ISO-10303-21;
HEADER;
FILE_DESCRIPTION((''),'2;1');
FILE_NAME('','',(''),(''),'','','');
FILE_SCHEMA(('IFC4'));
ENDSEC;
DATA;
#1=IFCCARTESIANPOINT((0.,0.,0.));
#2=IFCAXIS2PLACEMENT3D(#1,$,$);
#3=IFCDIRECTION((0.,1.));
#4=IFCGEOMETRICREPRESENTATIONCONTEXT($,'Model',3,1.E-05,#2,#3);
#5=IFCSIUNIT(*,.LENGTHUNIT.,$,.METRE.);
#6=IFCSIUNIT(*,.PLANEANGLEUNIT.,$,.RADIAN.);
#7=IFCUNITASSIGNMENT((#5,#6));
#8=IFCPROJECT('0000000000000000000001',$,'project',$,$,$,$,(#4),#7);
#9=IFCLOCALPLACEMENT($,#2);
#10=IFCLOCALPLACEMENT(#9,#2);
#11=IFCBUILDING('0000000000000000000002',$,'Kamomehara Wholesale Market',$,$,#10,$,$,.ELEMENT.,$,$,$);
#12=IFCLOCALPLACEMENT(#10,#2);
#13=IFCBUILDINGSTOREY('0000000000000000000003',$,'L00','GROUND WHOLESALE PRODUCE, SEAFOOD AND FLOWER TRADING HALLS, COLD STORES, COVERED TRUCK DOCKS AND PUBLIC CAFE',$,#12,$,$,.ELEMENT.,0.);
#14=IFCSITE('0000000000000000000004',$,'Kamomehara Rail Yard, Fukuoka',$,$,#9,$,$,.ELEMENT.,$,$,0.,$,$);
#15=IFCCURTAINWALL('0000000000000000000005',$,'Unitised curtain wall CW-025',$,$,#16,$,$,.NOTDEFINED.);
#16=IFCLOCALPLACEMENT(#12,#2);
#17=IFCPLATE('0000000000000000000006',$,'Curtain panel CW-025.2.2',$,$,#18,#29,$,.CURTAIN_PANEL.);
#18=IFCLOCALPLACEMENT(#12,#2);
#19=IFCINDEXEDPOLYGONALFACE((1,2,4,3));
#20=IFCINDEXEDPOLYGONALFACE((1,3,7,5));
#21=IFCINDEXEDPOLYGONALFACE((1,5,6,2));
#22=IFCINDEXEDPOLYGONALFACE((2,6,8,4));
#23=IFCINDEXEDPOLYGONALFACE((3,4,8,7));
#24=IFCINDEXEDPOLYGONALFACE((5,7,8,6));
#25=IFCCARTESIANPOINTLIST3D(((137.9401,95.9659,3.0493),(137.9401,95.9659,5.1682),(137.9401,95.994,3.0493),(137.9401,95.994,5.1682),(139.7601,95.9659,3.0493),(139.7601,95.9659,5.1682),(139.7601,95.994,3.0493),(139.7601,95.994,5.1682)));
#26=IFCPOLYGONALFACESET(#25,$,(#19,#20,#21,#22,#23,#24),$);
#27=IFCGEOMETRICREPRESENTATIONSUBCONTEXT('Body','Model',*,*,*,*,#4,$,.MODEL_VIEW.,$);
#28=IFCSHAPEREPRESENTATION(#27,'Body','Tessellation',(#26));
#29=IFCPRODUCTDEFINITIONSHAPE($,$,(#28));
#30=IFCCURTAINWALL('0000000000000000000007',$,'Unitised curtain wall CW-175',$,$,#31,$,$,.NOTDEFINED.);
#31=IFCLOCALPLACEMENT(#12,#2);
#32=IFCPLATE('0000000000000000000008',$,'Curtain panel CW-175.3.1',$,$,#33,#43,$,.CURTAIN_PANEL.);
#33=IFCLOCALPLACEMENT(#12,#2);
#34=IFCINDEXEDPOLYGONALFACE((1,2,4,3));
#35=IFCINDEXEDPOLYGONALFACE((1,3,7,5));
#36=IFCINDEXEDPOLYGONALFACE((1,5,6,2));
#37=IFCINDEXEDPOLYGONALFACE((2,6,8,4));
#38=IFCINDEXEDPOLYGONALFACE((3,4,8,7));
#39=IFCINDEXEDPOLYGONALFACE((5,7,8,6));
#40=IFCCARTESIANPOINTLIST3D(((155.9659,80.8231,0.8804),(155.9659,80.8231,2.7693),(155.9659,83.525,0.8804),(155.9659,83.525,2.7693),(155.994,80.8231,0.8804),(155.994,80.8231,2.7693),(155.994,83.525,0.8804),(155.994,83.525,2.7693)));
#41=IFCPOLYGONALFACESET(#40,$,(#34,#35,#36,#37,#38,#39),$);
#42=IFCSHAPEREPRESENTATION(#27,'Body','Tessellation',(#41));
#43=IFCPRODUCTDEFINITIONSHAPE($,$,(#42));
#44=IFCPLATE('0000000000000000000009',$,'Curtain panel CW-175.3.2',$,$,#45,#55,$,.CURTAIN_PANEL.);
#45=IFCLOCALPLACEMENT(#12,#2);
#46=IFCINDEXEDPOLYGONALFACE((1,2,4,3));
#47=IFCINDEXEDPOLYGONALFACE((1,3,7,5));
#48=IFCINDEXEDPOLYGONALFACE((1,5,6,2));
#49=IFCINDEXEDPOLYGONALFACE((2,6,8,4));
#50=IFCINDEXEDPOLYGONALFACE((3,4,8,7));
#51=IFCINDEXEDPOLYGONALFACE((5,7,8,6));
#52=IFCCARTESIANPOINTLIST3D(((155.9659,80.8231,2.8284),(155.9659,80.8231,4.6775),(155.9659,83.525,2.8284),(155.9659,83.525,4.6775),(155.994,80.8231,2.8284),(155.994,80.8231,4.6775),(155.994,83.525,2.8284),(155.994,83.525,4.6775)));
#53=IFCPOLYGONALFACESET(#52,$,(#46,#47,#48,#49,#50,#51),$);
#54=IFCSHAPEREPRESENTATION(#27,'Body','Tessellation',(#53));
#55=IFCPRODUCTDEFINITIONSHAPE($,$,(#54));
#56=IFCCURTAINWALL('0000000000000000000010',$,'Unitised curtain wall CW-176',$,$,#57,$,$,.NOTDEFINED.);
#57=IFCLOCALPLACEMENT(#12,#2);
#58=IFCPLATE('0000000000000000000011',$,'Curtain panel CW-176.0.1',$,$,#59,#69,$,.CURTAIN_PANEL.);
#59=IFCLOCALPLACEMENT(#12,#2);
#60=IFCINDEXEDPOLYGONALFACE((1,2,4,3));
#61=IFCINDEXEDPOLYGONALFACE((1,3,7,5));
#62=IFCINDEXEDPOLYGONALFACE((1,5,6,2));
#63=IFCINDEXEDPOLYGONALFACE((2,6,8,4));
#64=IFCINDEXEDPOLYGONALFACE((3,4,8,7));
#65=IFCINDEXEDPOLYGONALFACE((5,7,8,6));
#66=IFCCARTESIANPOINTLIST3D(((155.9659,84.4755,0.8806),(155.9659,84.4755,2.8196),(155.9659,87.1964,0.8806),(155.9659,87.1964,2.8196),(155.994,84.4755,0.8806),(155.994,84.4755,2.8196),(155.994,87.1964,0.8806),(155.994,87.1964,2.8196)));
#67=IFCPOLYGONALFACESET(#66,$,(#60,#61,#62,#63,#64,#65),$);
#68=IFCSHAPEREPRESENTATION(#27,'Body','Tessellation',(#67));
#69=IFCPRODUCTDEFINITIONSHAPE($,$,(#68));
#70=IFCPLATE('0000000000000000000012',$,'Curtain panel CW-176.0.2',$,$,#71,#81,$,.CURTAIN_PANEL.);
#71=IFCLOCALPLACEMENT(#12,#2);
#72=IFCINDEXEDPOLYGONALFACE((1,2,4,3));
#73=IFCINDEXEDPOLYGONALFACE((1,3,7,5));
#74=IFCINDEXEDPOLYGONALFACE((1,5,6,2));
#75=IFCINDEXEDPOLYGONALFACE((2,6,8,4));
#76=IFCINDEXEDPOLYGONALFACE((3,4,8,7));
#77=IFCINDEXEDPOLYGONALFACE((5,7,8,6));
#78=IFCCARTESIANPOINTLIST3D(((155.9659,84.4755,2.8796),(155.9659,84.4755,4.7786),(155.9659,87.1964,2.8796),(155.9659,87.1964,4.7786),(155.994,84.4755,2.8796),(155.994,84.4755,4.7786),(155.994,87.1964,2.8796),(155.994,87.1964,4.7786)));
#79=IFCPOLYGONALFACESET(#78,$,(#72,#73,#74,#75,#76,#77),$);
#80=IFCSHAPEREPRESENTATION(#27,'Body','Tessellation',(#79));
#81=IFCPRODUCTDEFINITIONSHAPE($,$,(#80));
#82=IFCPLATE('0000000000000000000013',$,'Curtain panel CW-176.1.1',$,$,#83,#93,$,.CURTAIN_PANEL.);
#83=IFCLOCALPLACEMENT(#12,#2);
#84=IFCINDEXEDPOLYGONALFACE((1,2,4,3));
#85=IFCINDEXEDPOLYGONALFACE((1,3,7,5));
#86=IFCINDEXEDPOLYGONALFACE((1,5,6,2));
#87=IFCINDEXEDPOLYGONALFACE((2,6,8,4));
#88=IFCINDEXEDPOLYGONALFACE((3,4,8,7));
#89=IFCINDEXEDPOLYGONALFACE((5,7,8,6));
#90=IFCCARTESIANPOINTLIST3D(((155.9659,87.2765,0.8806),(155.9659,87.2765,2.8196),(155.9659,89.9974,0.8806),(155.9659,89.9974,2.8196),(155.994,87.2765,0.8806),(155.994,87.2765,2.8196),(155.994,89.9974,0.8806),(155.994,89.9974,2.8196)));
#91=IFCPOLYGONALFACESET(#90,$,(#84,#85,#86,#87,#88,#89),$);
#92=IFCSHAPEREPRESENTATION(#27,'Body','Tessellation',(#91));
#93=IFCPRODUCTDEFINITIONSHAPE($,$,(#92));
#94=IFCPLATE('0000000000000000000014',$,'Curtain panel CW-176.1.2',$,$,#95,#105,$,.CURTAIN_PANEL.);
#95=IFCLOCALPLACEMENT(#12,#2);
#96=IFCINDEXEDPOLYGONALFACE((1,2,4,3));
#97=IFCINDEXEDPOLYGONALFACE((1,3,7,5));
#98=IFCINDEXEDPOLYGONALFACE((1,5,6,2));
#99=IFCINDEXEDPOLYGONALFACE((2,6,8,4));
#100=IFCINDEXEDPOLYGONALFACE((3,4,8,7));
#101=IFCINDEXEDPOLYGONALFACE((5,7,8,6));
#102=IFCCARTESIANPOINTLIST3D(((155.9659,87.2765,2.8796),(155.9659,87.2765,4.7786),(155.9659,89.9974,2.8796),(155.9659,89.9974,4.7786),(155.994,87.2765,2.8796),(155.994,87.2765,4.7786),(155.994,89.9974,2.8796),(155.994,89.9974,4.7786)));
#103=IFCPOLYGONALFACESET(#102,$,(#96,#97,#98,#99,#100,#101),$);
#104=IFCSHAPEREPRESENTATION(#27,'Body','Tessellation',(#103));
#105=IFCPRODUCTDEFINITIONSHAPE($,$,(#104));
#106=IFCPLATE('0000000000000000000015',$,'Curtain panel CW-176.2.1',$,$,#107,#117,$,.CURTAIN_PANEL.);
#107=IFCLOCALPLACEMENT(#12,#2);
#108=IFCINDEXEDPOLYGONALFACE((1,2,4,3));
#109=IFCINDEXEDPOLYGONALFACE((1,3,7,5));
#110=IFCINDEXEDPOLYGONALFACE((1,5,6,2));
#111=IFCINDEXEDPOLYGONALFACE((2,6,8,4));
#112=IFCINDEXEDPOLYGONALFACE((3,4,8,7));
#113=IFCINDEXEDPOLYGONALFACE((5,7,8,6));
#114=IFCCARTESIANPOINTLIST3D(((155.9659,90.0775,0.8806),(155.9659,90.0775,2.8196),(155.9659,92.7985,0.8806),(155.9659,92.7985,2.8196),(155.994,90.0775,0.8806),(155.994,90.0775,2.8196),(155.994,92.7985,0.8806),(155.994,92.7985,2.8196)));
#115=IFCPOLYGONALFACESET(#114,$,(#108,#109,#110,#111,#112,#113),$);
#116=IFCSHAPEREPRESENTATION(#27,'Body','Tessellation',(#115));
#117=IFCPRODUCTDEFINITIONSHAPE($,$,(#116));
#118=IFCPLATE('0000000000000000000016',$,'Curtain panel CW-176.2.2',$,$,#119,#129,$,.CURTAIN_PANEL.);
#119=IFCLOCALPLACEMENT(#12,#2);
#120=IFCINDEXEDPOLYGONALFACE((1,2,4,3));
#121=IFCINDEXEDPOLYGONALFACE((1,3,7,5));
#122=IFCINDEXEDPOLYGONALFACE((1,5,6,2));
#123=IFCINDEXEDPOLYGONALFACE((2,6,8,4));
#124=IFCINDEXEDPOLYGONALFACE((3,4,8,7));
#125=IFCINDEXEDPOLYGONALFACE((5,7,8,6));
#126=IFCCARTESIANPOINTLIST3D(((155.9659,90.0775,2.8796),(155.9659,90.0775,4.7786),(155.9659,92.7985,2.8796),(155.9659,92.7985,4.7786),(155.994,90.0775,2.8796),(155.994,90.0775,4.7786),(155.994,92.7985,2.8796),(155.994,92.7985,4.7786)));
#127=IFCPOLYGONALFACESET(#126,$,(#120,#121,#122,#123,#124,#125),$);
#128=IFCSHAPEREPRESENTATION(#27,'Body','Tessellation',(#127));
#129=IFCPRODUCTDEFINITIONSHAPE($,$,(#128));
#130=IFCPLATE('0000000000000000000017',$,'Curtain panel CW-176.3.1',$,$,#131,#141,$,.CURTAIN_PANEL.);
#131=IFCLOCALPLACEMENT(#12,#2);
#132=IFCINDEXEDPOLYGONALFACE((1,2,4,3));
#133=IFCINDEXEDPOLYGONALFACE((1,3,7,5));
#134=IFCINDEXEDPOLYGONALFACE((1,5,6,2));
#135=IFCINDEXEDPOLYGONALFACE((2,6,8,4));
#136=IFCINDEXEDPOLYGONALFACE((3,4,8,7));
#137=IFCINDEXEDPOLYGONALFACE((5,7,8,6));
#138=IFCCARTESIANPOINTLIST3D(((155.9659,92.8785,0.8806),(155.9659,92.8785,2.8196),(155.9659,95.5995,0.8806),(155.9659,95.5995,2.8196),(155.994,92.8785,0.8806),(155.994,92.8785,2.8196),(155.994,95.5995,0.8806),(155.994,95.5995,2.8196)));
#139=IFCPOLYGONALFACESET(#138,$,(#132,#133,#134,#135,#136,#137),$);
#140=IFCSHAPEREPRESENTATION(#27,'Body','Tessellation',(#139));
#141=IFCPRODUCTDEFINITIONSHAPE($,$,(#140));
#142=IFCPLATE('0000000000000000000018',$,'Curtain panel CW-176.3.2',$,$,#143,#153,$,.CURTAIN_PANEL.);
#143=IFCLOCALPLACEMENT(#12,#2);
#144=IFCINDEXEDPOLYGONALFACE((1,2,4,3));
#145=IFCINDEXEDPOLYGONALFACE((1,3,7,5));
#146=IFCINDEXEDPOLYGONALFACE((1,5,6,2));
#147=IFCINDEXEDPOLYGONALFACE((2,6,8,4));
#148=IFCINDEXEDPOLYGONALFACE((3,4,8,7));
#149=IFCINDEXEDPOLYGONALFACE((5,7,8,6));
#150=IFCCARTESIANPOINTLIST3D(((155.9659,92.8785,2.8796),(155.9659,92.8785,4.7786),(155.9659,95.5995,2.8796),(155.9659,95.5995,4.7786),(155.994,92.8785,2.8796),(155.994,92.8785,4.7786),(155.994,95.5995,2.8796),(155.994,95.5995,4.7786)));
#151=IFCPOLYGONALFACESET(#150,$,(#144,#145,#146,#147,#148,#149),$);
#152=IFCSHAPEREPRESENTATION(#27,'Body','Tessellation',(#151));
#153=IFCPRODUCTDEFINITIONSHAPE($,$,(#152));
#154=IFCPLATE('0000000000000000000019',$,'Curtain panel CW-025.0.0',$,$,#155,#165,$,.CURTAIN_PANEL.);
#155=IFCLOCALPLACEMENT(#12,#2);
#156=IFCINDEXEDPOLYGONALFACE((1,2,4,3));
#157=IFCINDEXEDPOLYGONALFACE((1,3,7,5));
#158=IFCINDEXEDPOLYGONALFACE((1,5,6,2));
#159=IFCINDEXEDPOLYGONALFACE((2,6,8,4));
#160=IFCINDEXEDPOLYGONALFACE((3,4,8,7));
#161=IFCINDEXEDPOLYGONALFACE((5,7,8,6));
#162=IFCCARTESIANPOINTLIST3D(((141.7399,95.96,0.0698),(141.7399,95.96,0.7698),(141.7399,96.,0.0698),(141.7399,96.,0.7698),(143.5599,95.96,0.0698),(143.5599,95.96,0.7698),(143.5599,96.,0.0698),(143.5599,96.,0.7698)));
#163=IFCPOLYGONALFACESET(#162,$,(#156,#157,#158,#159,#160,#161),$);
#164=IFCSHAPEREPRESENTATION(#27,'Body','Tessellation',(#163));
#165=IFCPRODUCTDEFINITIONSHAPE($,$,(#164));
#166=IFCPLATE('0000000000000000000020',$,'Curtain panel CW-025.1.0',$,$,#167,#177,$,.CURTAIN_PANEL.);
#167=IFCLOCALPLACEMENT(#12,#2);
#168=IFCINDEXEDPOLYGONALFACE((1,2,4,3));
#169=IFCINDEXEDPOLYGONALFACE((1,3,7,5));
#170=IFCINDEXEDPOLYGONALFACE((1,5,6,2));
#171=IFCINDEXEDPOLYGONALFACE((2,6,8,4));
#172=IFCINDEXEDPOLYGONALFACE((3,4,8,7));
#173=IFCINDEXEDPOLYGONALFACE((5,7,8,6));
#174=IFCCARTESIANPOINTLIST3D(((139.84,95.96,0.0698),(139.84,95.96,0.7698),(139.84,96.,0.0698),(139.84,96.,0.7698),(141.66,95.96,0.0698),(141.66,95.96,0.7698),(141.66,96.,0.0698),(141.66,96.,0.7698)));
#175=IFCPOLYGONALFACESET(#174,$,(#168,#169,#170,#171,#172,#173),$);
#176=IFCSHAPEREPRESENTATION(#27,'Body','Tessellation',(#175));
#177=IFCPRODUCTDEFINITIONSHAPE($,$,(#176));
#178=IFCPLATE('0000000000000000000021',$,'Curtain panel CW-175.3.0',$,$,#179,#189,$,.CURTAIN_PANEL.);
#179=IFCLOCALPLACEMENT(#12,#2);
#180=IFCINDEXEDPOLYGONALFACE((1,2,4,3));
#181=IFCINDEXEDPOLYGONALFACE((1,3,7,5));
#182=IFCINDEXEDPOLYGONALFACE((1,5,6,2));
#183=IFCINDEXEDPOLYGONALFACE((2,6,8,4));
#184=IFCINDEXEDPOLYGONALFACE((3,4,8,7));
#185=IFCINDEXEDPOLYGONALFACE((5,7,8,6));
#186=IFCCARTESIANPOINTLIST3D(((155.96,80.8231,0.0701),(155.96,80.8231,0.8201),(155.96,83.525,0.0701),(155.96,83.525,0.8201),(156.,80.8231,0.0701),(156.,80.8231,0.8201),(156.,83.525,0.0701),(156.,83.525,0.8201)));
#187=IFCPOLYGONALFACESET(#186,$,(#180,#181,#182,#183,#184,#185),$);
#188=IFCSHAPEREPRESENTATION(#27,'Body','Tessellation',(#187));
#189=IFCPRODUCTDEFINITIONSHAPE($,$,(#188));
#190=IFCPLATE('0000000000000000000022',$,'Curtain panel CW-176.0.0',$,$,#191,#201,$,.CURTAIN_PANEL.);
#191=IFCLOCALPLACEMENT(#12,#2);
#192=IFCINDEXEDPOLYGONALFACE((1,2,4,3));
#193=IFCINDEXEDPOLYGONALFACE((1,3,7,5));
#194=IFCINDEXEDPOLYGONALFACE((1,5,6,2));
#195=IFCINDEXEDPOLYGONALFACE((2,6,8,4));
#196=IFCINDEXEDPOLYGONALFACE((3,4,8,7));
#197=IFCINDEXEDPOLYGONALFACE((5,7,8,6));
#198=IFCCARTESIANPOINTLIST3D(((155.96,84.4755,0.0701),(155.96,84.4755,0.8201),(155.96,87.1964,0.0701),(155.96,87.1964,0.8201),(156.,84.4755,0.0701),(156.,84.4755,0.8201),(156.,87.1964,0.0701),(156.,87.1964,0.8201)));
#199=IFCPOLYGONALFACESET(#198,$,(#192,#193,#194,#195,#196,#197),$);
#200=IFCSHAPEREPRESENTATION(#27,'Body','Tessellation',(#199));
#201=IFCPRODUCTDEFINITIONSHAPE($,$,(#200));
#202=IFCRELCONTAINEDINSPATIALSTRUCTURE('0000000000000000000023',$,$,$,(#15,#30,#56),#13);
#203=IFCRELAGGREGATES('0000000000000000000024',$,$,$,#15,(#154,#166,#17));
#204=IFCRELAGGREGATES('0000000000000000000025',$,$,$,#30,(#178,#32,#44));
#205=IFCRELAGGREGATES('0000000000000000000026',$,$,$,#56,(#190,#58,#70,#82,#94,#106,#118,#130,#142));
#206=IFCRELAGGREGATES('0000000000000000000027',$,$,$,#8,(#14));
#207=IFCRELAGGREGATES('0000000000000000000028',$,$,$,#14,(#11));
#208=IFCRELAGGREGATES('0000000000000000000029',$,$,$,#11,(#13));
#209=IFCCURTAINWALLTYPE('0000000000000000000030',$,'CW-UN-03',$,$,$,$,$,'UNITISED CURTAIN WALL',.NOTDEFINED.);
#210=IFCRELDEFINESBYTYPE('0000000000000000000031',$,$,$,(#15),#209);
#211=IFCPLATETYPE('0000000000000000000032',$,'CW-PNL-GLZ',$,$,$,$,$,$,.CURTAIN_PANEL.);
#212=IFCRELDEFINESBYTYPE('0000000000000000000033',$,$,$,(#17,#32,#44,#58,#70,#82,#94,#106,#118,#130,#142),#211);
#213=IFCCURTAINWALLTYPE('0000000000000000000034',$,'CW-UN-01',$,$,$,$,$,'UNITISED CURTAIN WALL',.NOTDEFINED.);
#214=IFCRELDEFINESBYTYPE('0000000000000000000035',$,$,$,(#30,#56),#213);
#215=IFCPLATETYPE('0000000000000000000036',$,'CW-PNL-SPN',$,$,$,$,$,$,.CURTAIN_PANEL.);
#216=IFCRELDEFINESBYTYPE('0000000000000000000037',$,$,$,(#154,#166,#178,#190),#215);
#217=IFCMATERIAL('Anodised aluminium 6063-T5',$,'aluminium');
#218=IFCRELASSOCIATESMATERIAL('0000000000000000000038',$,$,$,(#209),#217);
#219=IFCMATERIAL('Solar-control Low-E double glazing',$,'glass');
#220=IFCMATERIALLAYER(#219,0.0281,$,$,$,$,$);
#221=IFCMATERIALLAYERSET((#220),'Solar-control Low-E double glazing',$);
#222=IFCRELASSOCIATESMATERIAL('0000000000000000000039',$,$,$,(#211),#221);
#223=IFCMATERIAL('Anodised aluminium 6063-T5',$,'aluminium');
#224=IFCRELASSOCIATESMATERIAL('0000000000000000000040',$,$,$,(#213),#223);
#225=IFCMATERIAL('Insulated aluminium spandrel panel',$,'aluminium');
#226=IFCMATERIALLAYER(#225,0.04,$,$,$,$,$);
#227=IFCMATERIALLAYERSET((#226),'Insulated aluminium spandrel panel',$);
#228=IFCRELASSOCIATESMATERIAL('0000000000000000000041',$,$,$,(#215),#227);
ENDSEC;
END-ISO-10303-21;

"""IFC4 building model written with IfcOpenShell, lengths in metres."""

from ifc_helpers import new_model, si_unit, direction, frame, origin, origin_2d, place, context, subcontext, project, spatial, rectangle, extrude, material, layer, layer_set, type_object, element, aggregate, save


model = new_model("IFC4")

# Units and contexts
model_context = context("Model", 3, precision=1e-05, world=origin(), true_north=direction((0.0, 1.0)))
body_context = subcontext(model_context, "Body", "Model", "MODEL_VIEW")
ifc_project = project(units=[si_unit("LENGTHUNIT", "METRE"), si_unit("PLANEANGLEUNIT", "RADIAN")], contexts=[model_context])

# Site, building, storey
site_placement = place(None, origin())
site = spatial("IfcSite", under=ifc_project, at=site_placement, Name="Kamomehara Rail Yard, Fukuoka", CompositionType="ELEMENT", RefElevation=0.0)
building_placement = place(site_placement, origin())
building = spatial("IfcBuilding", under=site, at=building_placement, Name="Kamomehara Wholesale Market", CompositionType="ELEMENT")
storey_placement = place(building_placement, origin())
storey = spatial("IfcBuildingStorey", under=building, at=storey_placement, Name="L00", Description="GROUND WHOLESALE PRODUCE, SEAFOOD AND FLOWER TRADING HALLS, COLD STORES, COVERED TRUCK DOCKS AND PUBLIC CAFE", CompositionType="ELEMENT", Elevation=0.0)

# Curtain walls, plates
ifc_material_1 = material(Name="Anodised aluminium 6063-T5", Category="aluminium")
curtain_wall_type_1 = type_object("IfcCurtainWallType", Name="CW-UN-03", ElementType="UNITISED CURTAIN WALL", PredefinedType="NOTDEFINED", material=ifc_material_1)
curtain_wall_1_placement = place(storey_placement, origin())
curtain_wall_1 = element("IfcCurtainWall", 1, at=curtain_wall_1_placement, inside=storey, type_object=curtain_wall_type_1, Name="Unitised curtain wall CW-025", PredefinedType="NOTDEFINED")
ifc_material_2 = material(Name="Solar-control Low-E double glazing", Category="glass")
ifc_layer_1 = layer(ifc_material_2, 0.0281)
ifc_layer_set_1 = layer_set([ifc_layer_1], Name="Solar-control Low-E double glazing")
plate_type_1 = type_object("IfcPlateType", Name="CW-PNL-GLZ", PredefinedType="CURTAIN_PANEL", material=ifc_layer_set_1)
plate_1_placement = place(storey_placement, frame((138.8501, 95.98, 3.0493), z_axis=(0.0, 0.0, 1.0), x_axis=(-1.0, 0.0, 0.0)))
plate_1 = element("IfcPlate", 2, at=plate_1_placement, type_object=plate_type_1, Name="Curtain panel CW-025.2.2", PredefinedType="CURTAIN_PANEL", context=body_context, shape_type="SweptSolid", body=[
    extrude(rectangle(XDim=1.8201, YDim=0.0281, at=origin_2d()), origin(), (0.0, 0.0, 1.0), 2.1189),
])
ifc_material_3 = material(Name="Anodised aluminium 6063-T5", Category="aluminium")
curtain_wall_type_2 = type_object("IfcCurtainWallType", Name="CW-UN-01", ElementType="UNITISED CURTAIN WALL", PredefinedType="NOTDEFINED", material=ifc_material_3)
curtain_wall_2_placement = place(storey_placement, origin())
curtain_wall_2 = element("IfcCurtainWall", 3, at=curtain_wall_2_placement, inside=storey, type_object=curtain_wall_type_2, Name="Unitised curtain wall CW-175", PredefinedType="NOTDEFINED")
plate_2_placement = place(storey_placement, frame((155.98, 82.1741, 0.8804), z_axis=(0.0, 0.0, 1.0), x_axis=(0.0, 1.0, 0.0)))
plate_2 = element("IfcPlate", 4, at=plate_2_placement, type_object=plate_type_1, Name="Curtain panel CW-175.3.1", PredefinedType="CURTAIN_PANEL", context=body_context, shape_type="SweptSolid", body=[
    extrude(rectangle(XDim=2.7019, YDim=0.0281, at=origin_2d()), origin(), (0.0, 0.0, 1.0), 1.8889),
])
plate_3_placement = place(storey_placement, frame((155.98, 82.1741, 2.8284), z_axis=(0.0, 0.0, 1.0), x_axis=(0.0, 1.0, 0.0)))
plate_3 = element("IfcPlate", 5, at=plate_3_placement, type_object=plate_type_1, Name="Curtain panel CW-175.3.2", PredefinedType="CURTAIN_PANEL", context=body_context, shape_type="SweptSolid", body=[
    extrude(rectangle(XDim=2.7019, YDim=0.0281, at=origin_2d()), origin(), (0.0, 0.0, 1.0), 1.8491),
])
curtain_wall_3_placement = place(storey_placement, origin())
curtain_wall_3 = element("IfcCurtainWall", 6, at=curtain_wall_3_placement, inside=storey, type_object=curtain_wall_type_2, Name="Unitised curtain wall CW-176", PredefinedType="NOTDEFINED")
plate_4_placement = place(storey_placement, frame((155.98, 85.8359, 0.8806), z_axis=(0.0, 0.0, 1.0), x_axis=(0.0, 1.0, 0.0)))
plate_4 = element("IfcPlate", 7, at=plate_4_placement, type_object=plate_type_1, Name="Curtain panel CW-176.0.1", PredefinedType="CURTAIN_PANEL", context=body_context, shape_type="SweptSolid", body=[
    extrude(rectangle(XDim=2.7209, YDim=0.0281, at=origin_2d()), origin(), (0.0, 0.0, 1.0), 1.939),
])
plate_5_placement = place(storey_placement, frame((155.98, 85.8359, 2.8796), z_axis=(0.0, 0.0, 1.0), x_axis=(0.0, 1.0, 0.0)))
plate_5 = element("IfcPlate", 8, at=plate_5_placement, type_object=plate_type_1, Name="Curtain panel CW-176.0.2", PredefinedType="CURTAIN_PANEL", context=body_context, shape_type="SweptSolid", body=[
    extrude(rectangle(XDim=2.7209, YDim=0.0281, at=origin_2d()), origin(), (0.0, 0.0, 1.0), 1.8989),
])
plate_6_placement = place(storey_placement, frame((155.98, 88.637, 0.8806), z_axis=(0.0, 0.0, 1.0), x_axis=(0.0, 1.0, 0.0)))
plate_6 = element("IfcPlate", 9, at=plate_6_placement, type_object=plate_type_1, Name="Curtain panel CW-176.1.1", PredefinedType="CURTAIN_PANEL", context=body_context, shape_type="SweptSolid", body=[
    extrude(rectangle(XDim=2.7209, YDim=0.0281, at=origin_2d()), origin(), (0.0, 0.0, 1.0), 1.939),
])
plate_7_placement = place(storey_placement, frame((155.98, 88.637, 2.8796), z_axis=(0.0, 0.0, 1.0), x_axis=(0.0, 1.0, 0.0)))
plate_7 = element("IfcPlate", 10, at=plate_7_placement, type_object=plate_type_1, Name="Curtain panel CW-176.1.2", PredefinedType="CURTAIN_PANEL", context=body_context, shape_type="SweptSolid", body=[
    extrude(rectangle(XDim=2.7209, YDim=0.0281, at=origin_2d()), origin(), (0.0, 0.0, 1.0), 1.8989),
])
plate_8_placement = place(storey_placement, frame((155.98, 91.438, 0.8806), z_axis=(0.0, 0.0, 1.0), x_axis=(0.0, 1.0, 0.0)))
plate_8 = element("IfcPlate", 11, at=plate_8_placement, type_object=plate_type_1, Name="Curtain panel CW-176.2.1", PredefinedType="CURTAIN_PANEL", context=body_context, shape_type="SweptSolid", body=[
    extrude(rectangle(XDim=2.7209, YDim=0.0281, at=origin_2d()), origin(), (0.0, 0.0, 1.0), 1.939),
])
plate_9_placement = place(storey_placement, frame((155.98, 91.438, 2.8796), z_axis=(0.0, 0.0, 1.0), x_axis=(0.0, 1.0, 0.0)))
plate_9 = element("IfcPlate", 12, at=plate_9_placement, type_object=plate_type_1, Name="Curtain panel CW-176.2.2", PredefinedType="CURTAIN_PANEL", context=body_context, shape_type="SweptSolid", body=[
    extrude(rectangle(XDim=2.7209, YDim=0.0281, at=origin_2d()), origin(), (0.0, 0.0, 1.0), 1.8989),
])
plate_10_placement = place(storey_placement, frame((155.98, 94.239, 0.8806), z_axis=(0.0, 0.0, 1.0), x_axis=(0.0, 1.0, 0.0)))
plate_10 = element("IfcPlate", 13, at=plate_10_placement, type_object=plate_type_1, Name="Curtain panel CW-176.3.1", PredefinedType="CURTAIN_PANEL", context=body_context, shape_type="SweptSolid", body=[
    extrude(rectangle(XDim=2.7209, YDim=0.0281, at=origin_2d()), origin(), (0.0, 0.0, 1.0), 1.939),
])
plate_11_placement = place(storey_placement, frame((155.98, 94.239, 2.8796), z_axis=(0.0, 0.0, 1.0), x_axis=(0.0, 1.0, 0.0)))
plate_11 = element("IfcPlate", 14, at=plate_11_placement, type_object=plate_type_1, Name="Curtain panel CW-176.3.2", PredefinedType="CURTAIN_PANEL", context=body_context, shape_type="SweptSolid", body=[
    extrude(rectangle(XDim=2.7209, YDim=0.0281, at=origin_2d()), origin(), (0.0, 0.0, 1.0), 1.8989),
])

# Plates
ifc_material_4 = material(Name="Insulated aluminium spandrel panel", Category="aluminium")
ifc_layer_2 = layer(ifc_material_4, 0.04)
ifc_layer_set_2 = layer_set([ifc_layer_2], Name="Insulated aluminium spandrel panel")
plate_type_2 = type_object("IfcPlateType", Name="CW-PNL-SPN", PredefinedType="CURTAIN_PANEL", material=ifc_layer_set_2)
plate_12_placement = place(storey_placement, frame((142.6499, 95.98, 0.0698), z_axis=(0.0, 0.0, 1.0), x_axis=(-1.0, 0.0, 0.0)))
plate_12 = element("IfcPlate", 15, at=plate_12_placement, type_object=plate_type_2, Name="Curtain panel CW-025.0.0", PredefinedType="CURTAIN_PANEL", context=body_context, shape_type="SweptSolid", body=[
    extrude(rectangle(XDim=1.8201, YDim=0.04, at=origin_2d()), origin(), (0.0, 0.0, 1.0), 0.7),
])
plate_13_placement = place(storey_placement, frame((140.75, 95.98, 0.0698), z_axis=(0.0, 0.0, 1.0), x_axis=(-1.0, 0.0, 0.0)))
plate_13 = element("IfcPlate", 16, at=plate_13_placement, type_object=plate_type_2, Name="Curtain panel CW-025.1.0", PredefinedType="CURTAIN_PANEL", context=body_context, shape_type="SweptSolid", body=[
    extrude(rectangle(XDim=1.8201, YDim=0.04, at=origin_2d()), origin(), (0.0, 0.0, 1.0), 0.7),
])
aggregate(curtain_wall_1, [plate_12, plate_13, plate_1])
plate_14_placement = place(storey_placement, frame((155.98, 82.1741, 0.0701), z_axis=(0.0, 0.0, 1.0), x_axis=(0.0, 1.0, 0.0)))
plate_14 = element("IfcPlate", 17, at=plate_14_placement, type_object=plate_type_2, Name="Curtain panel CW-175.3.0", PredefinedType="CURTAIN_PANEL", context=body_context, shape_type="SweptSolid", body=[
    extrude(rectangle(XDim=2.7019, YDim=0.04, at=origin_2d()), origin(), (0.0, 0.0, 1.0), 0.75),
])
aggregate(curtain_wall_2, [plate_14, plate_2, plate_3])
plate_15_placement = place(storey_placement, frame((155.98, 85.8359, 0.0701), z_axis=(0.0, 0.0, 1.0), x_axis=(0.0, 1.0, 0.0)))
plate_15 = element("IfcPlate", 18, at=plate_15_placement, type_object=plate_type_2, Name="Curtain panel CW-176.0.0", PredefinedType="CURTAIN_PANEL", context=body_context, shape_type="SweptSolid", body=[
    extrude(rectangle(XDim=2.7209, YDim=0.04, at=origin_2d()), origin(), (0.0, 0.0, 1.0), 0.75),
])
aggregate(curtain_wall_3, [plate_15, plate_4, plate_5, plate_6, plate_7, plate_8, plate_9, plate_10, plate_11])

save(model, "model.ifc")
